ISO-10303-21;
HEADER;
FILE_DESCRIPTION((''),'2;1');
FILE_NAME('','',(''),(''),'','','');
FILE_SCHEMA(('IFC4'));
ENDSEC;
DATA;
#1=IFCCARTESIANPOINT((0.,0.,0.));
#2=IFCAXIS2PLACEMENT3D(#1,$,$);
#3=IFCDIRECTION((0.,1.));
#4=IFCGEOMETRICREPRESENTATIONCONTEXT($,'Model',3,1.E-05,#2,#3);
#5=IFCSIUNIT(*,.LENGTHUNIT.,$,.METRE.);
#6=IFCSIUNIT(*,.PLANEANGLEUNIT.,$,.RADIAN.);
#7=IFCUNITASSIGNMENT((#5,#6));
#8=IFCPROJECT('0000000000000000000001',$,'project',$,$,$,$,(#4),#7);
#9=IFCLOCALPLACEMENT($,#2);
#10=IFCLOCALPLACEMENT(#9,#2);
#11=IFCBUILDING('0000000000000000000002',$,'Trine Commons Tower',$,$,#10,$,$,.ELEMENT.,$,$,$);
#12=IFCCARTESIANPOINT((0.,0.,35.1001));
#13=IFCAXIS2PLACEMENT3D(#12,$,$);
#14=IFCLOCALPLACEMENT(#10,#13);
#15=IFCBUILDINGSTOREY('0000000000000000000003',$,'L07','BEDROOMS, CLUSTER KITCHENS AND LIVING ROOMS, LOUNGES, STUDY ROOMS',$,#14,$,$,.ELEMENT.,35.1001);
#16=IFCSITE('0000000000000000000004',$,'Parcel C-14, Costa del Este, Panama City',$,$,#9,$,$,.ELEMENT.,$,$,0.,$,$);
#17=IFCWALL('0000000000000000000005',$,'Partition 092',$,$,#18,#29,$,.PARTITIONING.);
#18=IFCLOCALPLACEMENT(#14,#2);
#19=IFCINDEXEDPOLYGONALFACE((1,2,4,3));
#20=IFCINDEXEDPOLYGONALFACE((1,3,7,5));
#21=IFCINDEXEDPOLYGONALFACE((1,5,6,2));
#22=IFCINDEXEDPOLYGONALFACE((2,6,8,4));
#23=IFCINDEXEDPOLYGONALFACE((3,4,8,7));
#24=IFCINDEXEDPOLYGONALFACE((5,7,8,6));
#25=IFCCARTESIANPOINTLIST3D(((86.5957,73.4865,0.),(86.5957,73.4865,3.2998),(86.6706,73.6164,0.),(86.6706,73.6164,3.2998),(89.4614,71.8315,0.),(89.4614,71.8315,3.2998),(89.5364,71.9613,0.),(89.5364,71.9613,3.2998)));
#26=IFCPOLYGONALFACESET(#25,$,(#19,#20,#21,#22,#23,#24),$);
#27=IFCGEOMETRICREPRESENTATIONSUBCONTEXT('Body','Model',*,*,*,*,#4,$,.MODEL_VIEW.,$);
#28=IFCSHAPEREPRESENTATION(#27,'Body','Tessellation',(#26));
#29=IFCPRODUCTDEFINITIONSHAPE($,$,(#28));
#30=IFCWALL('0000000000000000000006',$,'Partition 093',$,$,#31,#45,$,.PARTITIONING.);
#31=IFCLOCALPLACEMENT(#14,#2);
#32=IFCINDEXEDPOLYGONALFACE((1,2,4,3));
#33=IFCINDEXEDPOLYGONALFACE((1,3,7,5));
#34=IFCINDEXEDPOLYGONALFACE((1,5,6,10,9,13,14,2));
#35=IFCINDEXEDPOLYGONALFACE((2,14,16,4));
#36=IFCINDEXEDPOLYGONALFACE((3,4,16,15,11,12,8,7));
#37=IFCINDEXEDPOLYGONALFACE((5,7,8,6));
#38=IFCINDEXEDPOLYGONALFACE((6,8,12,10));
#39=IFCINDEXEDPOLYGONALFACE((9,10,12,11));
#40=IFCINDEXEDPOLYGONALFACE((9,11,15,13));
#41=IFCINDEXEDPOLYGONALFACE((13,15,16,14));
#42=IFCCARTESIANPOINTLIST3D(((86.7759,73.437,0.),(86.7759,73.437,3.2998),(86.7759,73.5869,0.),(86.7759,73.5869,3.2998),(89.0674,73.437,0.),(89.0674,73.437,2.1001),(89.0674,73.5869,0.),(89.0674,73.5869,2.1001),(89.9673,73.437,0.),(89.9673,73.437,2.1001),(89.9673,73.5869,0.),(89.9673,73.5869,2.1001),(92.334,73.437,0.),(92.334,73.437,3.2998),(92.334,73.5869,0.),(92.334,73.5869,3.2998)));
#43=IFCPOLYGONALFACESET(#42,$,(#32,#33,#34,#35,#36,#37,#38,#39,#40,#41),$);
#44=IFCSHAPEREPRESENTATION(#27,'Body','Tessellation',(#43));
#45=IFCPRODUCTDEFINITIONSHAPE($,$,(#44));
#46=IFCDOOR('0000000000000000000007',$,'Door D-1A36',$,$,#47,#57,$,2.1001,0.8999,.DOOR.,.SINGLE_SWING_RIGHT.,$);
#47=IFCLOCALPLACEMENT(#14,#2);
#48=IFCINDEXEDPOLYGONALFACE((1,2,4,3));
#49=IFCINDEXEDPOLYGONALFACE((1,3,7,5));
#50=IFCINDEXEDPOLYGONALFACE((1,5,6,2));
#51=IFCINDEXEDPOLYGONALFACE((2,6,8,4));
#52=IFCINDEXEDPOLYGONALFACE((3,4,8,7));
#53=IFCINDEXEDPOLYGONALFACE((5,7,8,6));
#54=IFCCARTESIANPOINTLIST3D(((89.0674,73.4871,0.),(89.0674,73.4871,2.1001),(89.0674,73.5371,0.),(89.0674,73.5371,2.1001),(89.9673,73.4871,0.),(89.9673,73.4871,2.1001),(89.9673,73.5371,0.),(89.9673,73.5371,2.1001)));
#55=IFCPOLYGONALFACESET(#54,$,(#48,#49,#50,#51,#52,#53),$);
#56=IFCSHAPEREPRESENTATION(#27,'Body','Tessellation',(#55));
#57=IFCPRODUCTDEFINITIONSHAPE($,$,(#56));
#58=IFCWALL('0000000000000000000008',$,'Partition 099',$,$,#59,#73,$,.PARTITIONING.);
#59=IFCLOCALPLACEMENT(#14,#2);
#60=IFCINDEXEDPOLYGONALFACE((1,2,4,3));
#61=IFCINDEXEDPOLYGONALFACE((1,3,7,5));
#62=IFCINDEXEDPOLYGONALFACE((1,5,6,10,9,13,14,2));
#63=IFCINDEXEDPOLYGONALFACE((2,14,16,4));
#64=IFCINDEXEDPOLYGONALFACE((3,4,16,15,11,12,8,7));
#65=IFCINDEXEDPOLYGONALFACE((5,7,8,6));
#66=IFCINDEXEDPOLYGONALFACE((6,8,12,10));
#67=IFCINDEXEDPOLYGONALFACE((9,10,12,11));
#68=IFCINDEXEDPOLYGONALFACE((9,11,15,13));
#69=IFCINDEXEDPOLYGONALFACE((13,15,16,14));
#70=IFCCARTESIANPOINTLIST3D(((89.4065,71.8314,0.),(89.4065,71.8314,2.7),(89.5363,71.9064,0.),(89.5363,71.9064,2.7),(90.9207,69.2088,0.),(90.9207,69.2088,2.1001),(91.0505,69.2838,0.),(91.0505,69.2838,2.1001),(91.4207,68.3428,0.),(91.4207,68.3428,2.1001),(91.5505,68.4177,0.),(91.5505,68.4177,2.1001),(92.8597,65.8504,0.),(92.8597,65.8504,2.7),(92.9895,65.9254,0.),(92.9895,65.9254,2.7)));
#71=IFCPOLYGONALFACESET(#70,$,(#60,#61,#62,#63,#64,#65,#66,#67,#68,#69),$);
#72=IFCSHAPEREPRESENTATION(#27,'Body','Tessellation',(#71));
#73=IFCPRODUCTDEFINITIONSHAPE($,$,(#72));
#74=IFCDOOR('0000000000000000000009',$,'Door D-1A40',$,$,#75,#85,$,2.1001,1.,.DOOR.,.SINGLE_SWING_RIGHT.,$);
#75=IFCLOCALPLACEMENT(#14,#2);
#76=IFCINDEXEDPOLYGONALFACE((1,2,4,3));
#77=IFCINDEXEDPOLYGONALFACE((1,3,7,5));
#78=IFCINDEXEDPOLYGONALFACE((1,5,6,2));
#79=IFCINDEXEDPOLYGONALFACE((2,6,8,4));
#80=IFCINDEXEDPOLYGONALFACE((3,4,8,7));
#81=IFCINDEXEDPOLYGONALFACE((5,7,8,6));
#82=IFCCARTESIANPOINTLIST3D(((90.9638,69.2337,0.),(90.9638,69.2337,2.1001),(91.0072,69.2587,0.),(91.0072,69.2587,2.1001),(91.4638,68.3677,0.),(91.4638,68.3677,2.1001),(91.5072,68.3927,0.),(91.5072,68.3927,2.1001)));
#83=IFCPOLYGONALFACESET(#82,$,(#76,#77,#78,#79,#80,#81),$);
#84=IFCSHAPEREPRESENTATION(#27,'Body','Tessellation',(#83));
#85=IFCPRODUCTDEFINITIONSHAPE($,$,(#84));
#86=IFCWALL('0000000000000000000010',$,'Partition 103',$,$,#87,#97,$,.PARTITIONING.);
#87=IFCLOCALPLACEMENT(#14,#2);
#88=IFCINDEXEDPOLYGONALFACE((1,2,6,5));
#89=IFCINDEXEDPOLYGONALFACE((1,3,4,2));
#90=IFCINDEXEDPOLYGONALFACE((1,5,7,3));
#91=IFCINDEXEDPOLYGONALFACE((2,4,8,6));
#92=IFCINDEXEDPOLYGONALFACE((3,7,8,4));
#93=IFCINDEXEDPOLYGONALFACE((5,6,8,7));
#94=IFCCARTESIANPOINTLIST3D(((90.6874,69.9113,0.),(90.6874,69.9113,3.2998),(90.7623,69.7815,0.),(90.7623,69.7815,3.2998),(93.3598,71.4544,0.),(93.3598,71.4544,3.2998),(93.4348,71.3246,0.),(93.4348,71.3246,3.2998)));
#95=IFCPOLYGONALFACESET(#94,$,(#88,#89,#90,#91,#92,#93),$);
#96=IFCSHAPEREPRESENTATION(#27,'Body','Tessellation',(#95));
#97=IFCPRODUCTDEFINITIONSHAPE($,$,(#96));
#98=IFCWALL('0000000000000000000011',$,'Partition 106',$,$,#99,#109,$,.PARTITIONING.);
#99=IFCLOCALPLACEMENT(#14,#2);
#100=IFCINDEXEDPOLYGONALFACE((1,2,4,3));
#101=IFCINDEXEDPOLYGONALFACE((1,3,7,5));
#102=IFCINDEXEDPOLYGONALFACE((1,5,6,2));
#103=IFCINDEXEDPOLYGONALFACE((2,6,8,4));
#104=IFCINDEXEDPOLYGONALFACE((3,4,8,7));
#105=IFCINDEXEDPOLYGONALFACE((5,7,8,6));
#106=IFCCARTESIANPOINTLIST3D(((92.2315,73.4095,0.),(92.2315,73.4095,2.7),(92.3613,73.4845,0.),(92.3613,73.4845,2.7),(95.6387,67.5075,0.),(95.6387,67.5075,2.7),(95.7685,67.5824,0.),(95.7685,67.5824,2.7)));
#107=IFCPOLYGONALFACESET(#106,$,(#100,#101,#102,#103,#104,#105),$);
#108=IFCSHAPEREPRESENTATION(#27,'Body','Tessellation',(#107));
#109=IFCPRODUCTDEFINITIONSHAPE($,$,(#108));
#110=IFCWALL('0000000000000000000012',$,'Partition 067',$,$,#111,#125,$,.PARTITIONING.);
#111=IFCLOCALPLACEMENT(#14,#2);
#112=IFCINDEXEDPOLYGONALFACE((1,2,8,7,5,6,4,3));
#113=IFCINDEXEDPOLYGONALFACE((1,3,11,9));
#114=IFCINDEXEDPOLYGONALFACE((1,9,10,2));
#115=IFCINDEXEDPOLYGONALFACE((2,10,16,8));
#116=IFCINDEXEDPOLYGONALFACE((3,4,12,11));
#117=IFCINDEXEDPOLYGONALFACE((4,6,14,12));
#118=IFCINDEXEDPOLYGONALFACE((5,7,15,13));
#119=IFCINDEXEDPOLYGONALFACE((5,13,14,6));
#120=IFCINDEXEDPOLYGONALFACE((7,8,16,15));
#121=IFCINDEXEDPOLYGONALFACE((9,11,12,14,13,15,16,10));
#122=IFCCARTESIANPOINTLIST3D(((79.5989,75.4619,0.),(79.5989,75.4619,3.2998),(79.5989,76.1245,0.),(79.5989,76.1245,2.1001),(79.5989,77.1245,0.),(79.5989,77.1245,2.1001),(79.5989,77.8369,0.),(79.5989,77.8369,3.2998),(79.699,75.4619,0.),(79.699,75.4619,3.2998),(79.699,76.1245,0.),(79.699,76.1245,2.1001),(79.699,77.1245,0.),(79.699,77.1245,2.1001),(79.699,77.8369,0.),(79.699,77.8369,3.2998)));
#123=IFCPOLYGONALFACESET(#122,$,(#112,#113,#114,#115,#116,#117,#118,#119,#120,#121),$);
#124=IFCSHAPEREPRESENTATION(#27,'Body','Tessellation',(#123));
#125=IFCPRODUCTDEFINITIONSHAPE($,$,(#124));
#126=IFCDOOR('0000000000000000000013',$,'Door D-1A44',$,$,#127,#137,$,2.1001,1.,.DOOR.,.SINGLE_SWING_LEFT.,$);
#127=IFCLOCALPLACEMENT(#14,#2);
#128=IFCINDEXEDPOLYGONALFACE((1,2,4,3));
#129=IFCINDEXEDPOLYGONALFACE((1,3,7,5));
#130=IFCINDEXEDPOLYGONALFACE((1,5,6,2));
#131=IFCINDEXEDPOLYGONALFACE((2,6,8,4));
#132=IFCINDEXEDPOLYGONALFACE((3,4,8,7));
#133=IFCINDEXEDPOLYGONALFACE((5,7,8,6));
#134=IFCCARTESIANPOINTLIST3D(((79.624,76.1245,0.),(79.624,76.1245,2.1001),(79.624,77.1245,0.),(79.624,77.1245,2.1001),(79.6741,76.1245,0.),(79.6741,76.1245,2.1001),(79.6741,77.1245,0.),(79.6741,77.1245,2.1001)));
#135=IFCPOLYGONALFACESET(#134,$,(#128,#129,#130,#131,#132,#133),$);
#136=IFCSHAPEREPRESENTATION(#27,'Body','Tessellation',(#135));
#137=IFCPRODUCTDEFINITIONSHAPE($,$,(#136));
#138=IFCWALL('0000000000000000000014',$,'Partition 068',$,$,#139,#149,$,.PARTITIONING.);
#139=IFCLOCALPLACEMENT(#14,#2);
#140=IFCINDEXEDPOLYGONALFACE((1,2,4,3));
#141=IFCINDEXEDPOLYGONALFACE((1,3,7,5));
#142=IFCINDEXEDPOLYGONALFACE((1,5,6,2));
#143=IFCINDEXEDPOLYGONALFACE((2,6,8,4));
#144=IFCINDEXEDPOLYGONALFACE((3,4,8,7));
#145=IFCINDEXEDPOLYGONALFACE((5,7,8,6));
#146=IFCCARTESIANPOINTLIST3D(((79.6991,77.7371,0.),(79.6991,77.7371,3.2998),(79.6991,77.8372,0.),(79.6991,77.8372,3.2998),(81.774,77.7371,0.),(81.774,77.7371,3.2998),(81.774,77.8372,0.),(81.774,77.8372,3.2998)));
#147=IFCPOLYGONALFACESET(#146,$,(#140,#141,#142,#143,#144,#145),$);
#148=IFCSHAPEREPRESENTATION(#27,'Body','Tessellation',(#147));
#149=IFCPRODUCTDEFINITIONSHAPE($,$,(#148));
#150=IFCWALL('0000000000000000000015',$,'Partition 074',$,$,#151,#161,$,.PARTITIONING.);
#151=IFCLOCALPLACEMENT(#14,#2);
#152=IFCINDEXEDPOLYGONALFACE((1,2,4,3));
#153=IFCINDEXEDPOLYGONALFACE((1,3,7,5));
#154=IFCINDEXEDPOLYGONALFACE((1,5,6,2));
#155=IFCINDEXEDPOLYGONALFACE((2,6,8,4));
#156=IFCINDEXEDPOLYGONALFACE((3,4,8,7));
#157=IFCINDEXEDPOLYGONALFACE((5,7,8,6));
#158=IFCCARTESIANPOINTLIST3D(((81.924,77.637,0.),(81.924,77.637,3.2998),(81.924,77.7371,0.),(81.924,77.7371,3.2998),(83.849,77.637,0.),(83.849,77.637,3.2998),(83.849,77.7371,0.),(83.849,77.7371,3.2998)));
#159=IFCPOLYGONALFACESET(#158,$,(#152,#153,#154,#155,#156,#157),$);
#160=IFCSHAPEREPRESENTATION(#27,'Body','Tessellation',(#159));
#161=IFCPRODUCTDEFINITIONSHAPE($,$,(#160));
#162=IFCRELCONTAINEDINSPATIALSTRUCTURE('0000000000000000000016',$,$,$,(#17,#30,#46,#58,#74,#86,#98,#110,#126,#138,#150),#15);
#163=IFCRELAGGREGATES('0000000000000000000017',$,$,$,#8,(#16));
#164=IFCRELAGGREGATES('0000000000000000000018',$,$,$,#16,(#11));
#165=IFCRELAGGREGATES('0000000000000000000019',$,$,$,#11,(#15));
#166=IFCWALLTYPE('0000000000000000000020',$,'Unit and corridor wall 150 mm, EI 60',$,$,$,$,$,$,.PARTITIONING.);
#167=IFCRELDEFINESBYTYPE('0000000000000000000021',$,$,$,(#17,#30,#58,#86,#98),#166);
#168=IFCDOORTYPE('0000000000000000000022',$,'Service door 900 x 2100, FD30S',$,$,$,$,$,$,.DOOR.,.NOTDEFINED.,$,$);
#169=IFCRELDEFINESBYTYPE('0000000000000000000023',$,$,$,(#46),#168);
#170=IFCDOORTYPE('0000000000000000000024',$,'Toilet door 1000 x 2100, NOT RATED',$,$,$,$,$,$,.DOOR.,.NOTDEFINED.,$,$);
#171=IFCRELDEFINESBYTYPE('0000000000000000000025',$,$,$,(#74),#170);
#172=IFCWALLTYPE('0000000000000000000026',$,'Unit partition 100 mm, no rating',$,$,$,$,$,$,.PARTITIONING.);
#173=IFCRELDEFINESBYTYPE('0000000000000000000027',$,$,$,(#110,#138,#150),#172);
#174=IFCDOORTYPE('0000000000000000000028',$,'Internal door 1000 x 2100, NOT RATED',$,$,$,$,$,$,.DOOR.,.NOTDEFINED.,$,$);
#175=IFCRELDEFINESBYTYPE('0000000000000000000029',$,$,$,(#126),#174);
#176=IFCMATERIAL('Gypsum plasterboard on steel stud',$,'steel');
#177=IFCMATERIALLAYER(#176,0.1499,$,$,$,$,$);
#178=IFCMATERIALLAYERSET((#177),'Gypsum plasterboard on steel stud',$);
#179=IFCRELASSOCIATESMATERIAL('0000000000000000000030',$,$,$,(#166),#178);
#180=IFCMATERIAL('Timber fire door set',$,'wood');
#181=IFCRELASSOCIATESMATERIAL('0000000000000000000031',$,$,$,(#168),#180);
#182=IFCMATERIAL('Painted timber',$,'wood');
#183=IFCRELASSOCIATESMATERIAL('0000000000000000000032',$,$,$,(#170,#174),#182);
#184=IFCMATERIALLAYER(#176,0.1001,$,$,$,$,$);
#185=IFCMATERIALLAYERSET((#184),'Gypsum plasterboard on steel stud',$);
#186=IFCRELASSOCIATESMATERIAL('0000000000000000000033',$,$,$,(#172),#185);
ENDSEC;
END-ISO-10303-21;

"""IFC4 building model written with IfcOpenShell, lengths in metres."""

from ifc_helpers import new_model, si_unit, direction, frame, frame_2d, origin, place, context, subcontext, project, spatial, rectangle, extrude, material, layer, layer_set, type_object, element, fill, save


model = new_model("IFC4")

# Units and contexts
model_context = context("Model", 3, precision=1e-05, world=origin(), true_north=direction((0.0, 1.0)))
body_context = subcontext(model_context, "Body", "Model", "MODEL_VIEW")
ifc_project = project(units=[si_unit("LENGTHUNIT", "METRE"), si_unit("PLANEANGLEUNIT", "RADIAN")], contexts=[model_context])

# Site, building, storey
site_placement = place(None, origin())
site = spatial("IfcSite", under=ifc_project, at=site_placement, Name="Parcel C-14, Costa del Este, Panama City", CompositionType="ELEMENT", RefElevation=0.0)
building_placement = place(site_placement, origin())
building = spatial("IfcBuilding", under=site, at=building_placement, Name="Trine Commons Tower", CompositionType="ELEMENT")
storey_placement = place(building_placement, frame((0.0, 0.0, 35.1001)))
storey = spatial("IfcBuildingStorey", under=building, at=storey_placement, Name="L07", Description="BEDROOMS, CLUSTER KITCHENS AND LIVING ROOMS, LOUNGES, STUDY ROOMS", CompositionType="ELEMENT", Elevation=35.1001)

# Wall
ifc_material_1 = material(Name="Gypsum plasterboard on steel stud", Category="steel")
ifc_layer_1 = layer(ifc_material_1, 0.1499)
ifc_layer_set_1 = layer_set([ifc_layer_1], Name="Gypsum plasterboard on steel stud")
wall_type_1 = type_object("IfcWallType", Name="Unit and corridor wall 150 mm, EI 60", PredefinedType="PARTITIONING", material=ifc_layer_set_1)
wall_1_placement = place(storey_placement, frame((86.6331, 73.5515, 0.0), z_axis=(0.0, 0.0, 1.0), x_axis=(0.86596, -0.500114, 0.0)))
element("IfcWall", 1, at=wall_1_placement, inside=storey, type_object=wall_type_1, Name="Partition 092", PredefinedType="PARTITIONING", context=body_context, shape_type="SweptSolid", body=[
    extrude(rectangle(XDim=3.3093, YDim=0.1499, at=frame_2d((1.6548, 0.0))), origin(), (0.0, 0.0, 1.0), 3.2998),
])

# Walls, openings, doors
wall_2_placement = place(storey_placement, frame((86.7759, 73.512, 0.0), z_axis=(0.0, 0.0, 1.0), x_axis=(1.0, 0.0, 0.0)))
wall_2 = element("IfcWall", 2, at=wall_2_placement, inside=storey, type_object=wall_type_1, Name="Partition 093", PredefinedType="PARTITIONING", context=body_context, shape_type="SweptSolid", body=[
    extrude(rectangle(XDim=5.5581, YDim=0.1499, at=frame_2d((2.7791, 0.0))), origin(), (0.0, 0.0, 1.0), 3.2998),
])
opening_1_placement = place(wall_2_placement, frame((2.2915, 0.0, 0.0)))
opening_1 = element("IfcOpeningElement", 3, at=opening_1_placement, cuts=wall_2, PredefinedType="OPENING", context=body_context, shape_type="SweptSolid", body=[
    extrude(rectangle(XDim=0.8999, YDim=2.1001, at=frame_2d((0.45, 1.05))), frame((0.0, 0.085, 0.0), z_axis=(0.0, -1.0, 0.0), x_axis=(1.0, 0.0, 0.0)), (0.0, 0.0, 1.0), 0.1699),
])
ifc_material_2 = material(Name="Timber fire door set", Category="wood")
door_type_1 = type_object("IfcDoorType", Name="Service door 900 x 2100, FD30S", OperationType="NOTDEFINED", PredefinedType="DOOR", material=ifc_material_2)
door_1_placement = place(opening_1_placement, frame((0.8999, 0.0, 0.0), z_axis=(0.0, 0.0, 1.0), x_axis=(-1.0, 0.0, 0.0)))
door_1 = element("IfcDoor", 4, at=door_1_placement, inside=storey, type_object=door_type_1, Name="Door D-1A36", OperationType="SINGLE_SWING_RIGHT", OverallHeight=2.1001, OverallWidth=0.8999, PredefinedType="DOOR", context=body_context, shape_type="SweptSolid", body=[
    extrude(rectangle(XDim=0.8999, YDim=2.1001, at=frame_2d((0.45, 1.05))), frame((0.0, 0.0249, 0.0), z_axis=(0.0, -1.0, 0.0), x_axis=(1.0, 0.0, 0.0)), (0.0, 0.0, 1.0), 0.05),
])
fill(opening_1, door_1)
wall_3_placement = place(storey_placement, frame((89.4714, 71.8689, 0.0), z_axis=(0.0, 0.0, 1.0), x_axis=(0.500002, -0.866024, 0.0)))
wall_3 = element("IfcWall", 5, at=wall_3_placement, inside=storey, type_object=wall_type_1, Name="Partition 099", PredefinedType="PARTITIONING", context=body_context, shape_type="SweptSolid", body=[
    extrude(rectangle(XDim=6.9062, YDim=0.1499, at=frame_2d((3.4531, 0.0))), origin(), (0.0, 0.0, 1.0), 2.7),
])
opening_2_placement = place(wall_3_placement, frame((3.0283, 0.0, 0.0)))
opening_2 = element("IfcOpeningElement", 6, at=opening_2_placement, cuts=wall_3, PredefinedType="OPENING", context=body_context, shape_type="SweptSolid", body=[
    extrude(rectangle(XDim=1.0, YDim=2.1001, at=frame_2d((0.5, 1.05))), frame((0.0, 0.085, 0.0), z_axis=(0.0, -1.0, 0.0), x_axis=(1.0, 0.0, 0.0)), (0.0, 0.0, 1.0), 0.1699),
])
ifc_material_3 = material(Name="Painted timber", Category="wood")
door_type_2 = type_object("IfcDoorType", Name="Toilet door 1000 x 2100, NOT RATED", OperationType="NOTDEFINED", PredefinedType="DOOR", material=ifc_material_3)
door_2_placement = place(opening_2_placement, origin())
door_2 = element("IfcDoor", 7, at=door_2_placement, inside=storey, type_object=door_type_2, Name="Door D-1A40", OperationType="SINGLE_SWING_RIGHT", OverallHeight=2.1001, OverallWidth=1.0, PredefinedType="DOOR", context=body_context, shape_type="SweptSolid", body=[
    extrude(rectangle(XDim=1.0, YDim=2.1001, at=frame_2d((0.5, 1.05))), frame((0.0, 0.0249, 0.0), z_axis=(0.0, -1.0, 0.0), x_axis=(1.0, 0.0, 0.0)), (0.0, 0.0, 1.0), 0.05),
])
fill(opening_2, door_2)

# Walls
wall_4_placement = place(storey_placement, frame((90.7249, 69.8464, 0.0), z_axis=(0.0, 0.0, 1.0), x_axis=(0.866014, 0.500019, 0.0)))
element("IfcWall", 8, at=wall_4_placement, inside=storey, type_object=wall_type_1, Name="Partition 103", PredefinedType="PARTITIONING", context=body_context, shape_type="SweptSolid", body=[
    extrude(rectangle(XDim=3.0859, YDim=0.1499, at=frame_2d((1.543, 0.0))), origin(), (0.0, 0.0, 1.0), 3.2998),
])
wall_5_placement = place(storey_placement, frame((92.2964, 73.447, 0.0), z_axis=(0.0, 0.0, 1.0), x_axis=(0.499961, -0.866048, 0.0)))
element("IfcWall", 9, at=wall_5_placement, inside=storey, type_object=wall_type_1, Name="Partition 106", PredefinedType="PARTITIONING", context=body_context, shape_type="SweptSolid", body=[
    extrude(rectangle(XDim=6.8149, YDim=0.1499, at=frame_2d((3.4075, 0.0))), origin(), (0.0, 0.0, 1.0), 2.7),
])

# Wall, opening, door
ifc_layer_2 = layer(ifc_material_1, 0.1001)
ifc_layer_set_2 = layer_set([ifc_layer_2], Name="Gypsum plasterboard on steel stud")
wall_type_2 = type_object("IfcWallType", Name="Unit partition 100 mm, no rating", PredefinedType="PARTITIONING", material=ifc_layer_set_2)
wall_6_placement = place(storey_placement, frame((79.6489, 75.4619, 0.0), z_axis=(0.0, 0.0, 1.0), x_axis=(0.0, 1.0, 0.0)))
wall_6 = element("IfcWall", 10, at=wall_6_placement, inside=storey, type_object=wall_type_2, Name="Partition 067", PredefinedType="PARTITIONING", context=body_context, shape_type="SweptSolid", body=[
    extrude(rectangle(XDim=2.375, YDim=0.1001, at=frame_2d((1.1875, 0.0))), origin(), (0.0, 0.0, 1.0), 3.2998),
])
opening_3_placement = place(wall_6_placement, frame((0.6626, 0.0, 0.0)))
opening_3 = element("IfcOpeningElement", 11, at=opening_3_placement, cuts=wall_6, PredefinedType="OPENING", context=body_context, shape_type="SweptSolid", body=[
    extrude(rectangle(XDim=1.0, YDim=2.1001, at=frame_2d((0.5, 1.05))), frame((0.0, 0.0601, 0.0), z_axis=(0.0, -1.0, 0.0), x_axis=(1.0, 0.0, 0.0)), (0.0, 0.0, 1.0), 0.1201),
])
door_type_3 = type_object("IfcDoorType", Name="Internal door 1000 x 2100, NOT RATED", OperationType="NOTDEFINED", PredefinedType="DOOR", material=ifc_material_3)
door_3_placement = place(opening_3_placement, origin())
door_3 = element("IfcDoor", 12, at=door_3_placement, inside=storey, type_object=door_type_3, Name="Door D-1A44", OperationType="SINGLE_SWING_LEFT", OverallHeight=2.1001, OverallWidth=1.0, PredefinedType="DOOR", context=body_context, shape_type="SweptSolid", body=[
    extrude(rectangle(XDim=1.0, YDim=2.1001, at=frame_2d((0.5, 1.05))), frame((0.0, 0.0249, 0.0), z_axis=(0.0, -1.0, 0.0), x_axis=(1.0, 0.0, 0.0)), (0.0, 0.0, 1.0), 0.05),
])
fill(opening_3, door_3)

# Walls
wall_7_placement = place(storey_placement, frame((79.699, 77.7871, 0.0), z_axis=(0.0, 0.0, 1.0), x_axis=(1.0, 0.0, 0.0)))
element("IfcWall", 13, at=wall_7_placement, inside=storey, type_object=wall_type_2, Name="Partition 068", PredefinedType="PARTITIONING", context=body_context, shape_type="SweptSolid", body=[
    extrude(rectangle(XDim=2.075, YDim=0.1001, at=frame_2d((1.0376, 0.0))), origin(), (0.0, 0.0, 1.0), 3.2998),
])
wall_8_placement = place(storey_placement, frame((81.9241, 77.687, 0.0), z_axis=(0.0, 0.0, 1.0), x_axis=(1.0, 0.0, 0.0)))
element("IfcWall", 14, at=wall_8_placement, inside=storey, type_object=wall_type_2, Name="Partition 074", PredefinedType="PARTITIONING", context=body_context, shape_type="SweptSolid", body=[
    extrude(rectangle(XDim=1.925, YDim=0.1001, at=frame_2d((0.9624, 0.0))), origin(), (0.0, 0.0, 1.0), 3.2998),
])

save(model, "model.ifc")
